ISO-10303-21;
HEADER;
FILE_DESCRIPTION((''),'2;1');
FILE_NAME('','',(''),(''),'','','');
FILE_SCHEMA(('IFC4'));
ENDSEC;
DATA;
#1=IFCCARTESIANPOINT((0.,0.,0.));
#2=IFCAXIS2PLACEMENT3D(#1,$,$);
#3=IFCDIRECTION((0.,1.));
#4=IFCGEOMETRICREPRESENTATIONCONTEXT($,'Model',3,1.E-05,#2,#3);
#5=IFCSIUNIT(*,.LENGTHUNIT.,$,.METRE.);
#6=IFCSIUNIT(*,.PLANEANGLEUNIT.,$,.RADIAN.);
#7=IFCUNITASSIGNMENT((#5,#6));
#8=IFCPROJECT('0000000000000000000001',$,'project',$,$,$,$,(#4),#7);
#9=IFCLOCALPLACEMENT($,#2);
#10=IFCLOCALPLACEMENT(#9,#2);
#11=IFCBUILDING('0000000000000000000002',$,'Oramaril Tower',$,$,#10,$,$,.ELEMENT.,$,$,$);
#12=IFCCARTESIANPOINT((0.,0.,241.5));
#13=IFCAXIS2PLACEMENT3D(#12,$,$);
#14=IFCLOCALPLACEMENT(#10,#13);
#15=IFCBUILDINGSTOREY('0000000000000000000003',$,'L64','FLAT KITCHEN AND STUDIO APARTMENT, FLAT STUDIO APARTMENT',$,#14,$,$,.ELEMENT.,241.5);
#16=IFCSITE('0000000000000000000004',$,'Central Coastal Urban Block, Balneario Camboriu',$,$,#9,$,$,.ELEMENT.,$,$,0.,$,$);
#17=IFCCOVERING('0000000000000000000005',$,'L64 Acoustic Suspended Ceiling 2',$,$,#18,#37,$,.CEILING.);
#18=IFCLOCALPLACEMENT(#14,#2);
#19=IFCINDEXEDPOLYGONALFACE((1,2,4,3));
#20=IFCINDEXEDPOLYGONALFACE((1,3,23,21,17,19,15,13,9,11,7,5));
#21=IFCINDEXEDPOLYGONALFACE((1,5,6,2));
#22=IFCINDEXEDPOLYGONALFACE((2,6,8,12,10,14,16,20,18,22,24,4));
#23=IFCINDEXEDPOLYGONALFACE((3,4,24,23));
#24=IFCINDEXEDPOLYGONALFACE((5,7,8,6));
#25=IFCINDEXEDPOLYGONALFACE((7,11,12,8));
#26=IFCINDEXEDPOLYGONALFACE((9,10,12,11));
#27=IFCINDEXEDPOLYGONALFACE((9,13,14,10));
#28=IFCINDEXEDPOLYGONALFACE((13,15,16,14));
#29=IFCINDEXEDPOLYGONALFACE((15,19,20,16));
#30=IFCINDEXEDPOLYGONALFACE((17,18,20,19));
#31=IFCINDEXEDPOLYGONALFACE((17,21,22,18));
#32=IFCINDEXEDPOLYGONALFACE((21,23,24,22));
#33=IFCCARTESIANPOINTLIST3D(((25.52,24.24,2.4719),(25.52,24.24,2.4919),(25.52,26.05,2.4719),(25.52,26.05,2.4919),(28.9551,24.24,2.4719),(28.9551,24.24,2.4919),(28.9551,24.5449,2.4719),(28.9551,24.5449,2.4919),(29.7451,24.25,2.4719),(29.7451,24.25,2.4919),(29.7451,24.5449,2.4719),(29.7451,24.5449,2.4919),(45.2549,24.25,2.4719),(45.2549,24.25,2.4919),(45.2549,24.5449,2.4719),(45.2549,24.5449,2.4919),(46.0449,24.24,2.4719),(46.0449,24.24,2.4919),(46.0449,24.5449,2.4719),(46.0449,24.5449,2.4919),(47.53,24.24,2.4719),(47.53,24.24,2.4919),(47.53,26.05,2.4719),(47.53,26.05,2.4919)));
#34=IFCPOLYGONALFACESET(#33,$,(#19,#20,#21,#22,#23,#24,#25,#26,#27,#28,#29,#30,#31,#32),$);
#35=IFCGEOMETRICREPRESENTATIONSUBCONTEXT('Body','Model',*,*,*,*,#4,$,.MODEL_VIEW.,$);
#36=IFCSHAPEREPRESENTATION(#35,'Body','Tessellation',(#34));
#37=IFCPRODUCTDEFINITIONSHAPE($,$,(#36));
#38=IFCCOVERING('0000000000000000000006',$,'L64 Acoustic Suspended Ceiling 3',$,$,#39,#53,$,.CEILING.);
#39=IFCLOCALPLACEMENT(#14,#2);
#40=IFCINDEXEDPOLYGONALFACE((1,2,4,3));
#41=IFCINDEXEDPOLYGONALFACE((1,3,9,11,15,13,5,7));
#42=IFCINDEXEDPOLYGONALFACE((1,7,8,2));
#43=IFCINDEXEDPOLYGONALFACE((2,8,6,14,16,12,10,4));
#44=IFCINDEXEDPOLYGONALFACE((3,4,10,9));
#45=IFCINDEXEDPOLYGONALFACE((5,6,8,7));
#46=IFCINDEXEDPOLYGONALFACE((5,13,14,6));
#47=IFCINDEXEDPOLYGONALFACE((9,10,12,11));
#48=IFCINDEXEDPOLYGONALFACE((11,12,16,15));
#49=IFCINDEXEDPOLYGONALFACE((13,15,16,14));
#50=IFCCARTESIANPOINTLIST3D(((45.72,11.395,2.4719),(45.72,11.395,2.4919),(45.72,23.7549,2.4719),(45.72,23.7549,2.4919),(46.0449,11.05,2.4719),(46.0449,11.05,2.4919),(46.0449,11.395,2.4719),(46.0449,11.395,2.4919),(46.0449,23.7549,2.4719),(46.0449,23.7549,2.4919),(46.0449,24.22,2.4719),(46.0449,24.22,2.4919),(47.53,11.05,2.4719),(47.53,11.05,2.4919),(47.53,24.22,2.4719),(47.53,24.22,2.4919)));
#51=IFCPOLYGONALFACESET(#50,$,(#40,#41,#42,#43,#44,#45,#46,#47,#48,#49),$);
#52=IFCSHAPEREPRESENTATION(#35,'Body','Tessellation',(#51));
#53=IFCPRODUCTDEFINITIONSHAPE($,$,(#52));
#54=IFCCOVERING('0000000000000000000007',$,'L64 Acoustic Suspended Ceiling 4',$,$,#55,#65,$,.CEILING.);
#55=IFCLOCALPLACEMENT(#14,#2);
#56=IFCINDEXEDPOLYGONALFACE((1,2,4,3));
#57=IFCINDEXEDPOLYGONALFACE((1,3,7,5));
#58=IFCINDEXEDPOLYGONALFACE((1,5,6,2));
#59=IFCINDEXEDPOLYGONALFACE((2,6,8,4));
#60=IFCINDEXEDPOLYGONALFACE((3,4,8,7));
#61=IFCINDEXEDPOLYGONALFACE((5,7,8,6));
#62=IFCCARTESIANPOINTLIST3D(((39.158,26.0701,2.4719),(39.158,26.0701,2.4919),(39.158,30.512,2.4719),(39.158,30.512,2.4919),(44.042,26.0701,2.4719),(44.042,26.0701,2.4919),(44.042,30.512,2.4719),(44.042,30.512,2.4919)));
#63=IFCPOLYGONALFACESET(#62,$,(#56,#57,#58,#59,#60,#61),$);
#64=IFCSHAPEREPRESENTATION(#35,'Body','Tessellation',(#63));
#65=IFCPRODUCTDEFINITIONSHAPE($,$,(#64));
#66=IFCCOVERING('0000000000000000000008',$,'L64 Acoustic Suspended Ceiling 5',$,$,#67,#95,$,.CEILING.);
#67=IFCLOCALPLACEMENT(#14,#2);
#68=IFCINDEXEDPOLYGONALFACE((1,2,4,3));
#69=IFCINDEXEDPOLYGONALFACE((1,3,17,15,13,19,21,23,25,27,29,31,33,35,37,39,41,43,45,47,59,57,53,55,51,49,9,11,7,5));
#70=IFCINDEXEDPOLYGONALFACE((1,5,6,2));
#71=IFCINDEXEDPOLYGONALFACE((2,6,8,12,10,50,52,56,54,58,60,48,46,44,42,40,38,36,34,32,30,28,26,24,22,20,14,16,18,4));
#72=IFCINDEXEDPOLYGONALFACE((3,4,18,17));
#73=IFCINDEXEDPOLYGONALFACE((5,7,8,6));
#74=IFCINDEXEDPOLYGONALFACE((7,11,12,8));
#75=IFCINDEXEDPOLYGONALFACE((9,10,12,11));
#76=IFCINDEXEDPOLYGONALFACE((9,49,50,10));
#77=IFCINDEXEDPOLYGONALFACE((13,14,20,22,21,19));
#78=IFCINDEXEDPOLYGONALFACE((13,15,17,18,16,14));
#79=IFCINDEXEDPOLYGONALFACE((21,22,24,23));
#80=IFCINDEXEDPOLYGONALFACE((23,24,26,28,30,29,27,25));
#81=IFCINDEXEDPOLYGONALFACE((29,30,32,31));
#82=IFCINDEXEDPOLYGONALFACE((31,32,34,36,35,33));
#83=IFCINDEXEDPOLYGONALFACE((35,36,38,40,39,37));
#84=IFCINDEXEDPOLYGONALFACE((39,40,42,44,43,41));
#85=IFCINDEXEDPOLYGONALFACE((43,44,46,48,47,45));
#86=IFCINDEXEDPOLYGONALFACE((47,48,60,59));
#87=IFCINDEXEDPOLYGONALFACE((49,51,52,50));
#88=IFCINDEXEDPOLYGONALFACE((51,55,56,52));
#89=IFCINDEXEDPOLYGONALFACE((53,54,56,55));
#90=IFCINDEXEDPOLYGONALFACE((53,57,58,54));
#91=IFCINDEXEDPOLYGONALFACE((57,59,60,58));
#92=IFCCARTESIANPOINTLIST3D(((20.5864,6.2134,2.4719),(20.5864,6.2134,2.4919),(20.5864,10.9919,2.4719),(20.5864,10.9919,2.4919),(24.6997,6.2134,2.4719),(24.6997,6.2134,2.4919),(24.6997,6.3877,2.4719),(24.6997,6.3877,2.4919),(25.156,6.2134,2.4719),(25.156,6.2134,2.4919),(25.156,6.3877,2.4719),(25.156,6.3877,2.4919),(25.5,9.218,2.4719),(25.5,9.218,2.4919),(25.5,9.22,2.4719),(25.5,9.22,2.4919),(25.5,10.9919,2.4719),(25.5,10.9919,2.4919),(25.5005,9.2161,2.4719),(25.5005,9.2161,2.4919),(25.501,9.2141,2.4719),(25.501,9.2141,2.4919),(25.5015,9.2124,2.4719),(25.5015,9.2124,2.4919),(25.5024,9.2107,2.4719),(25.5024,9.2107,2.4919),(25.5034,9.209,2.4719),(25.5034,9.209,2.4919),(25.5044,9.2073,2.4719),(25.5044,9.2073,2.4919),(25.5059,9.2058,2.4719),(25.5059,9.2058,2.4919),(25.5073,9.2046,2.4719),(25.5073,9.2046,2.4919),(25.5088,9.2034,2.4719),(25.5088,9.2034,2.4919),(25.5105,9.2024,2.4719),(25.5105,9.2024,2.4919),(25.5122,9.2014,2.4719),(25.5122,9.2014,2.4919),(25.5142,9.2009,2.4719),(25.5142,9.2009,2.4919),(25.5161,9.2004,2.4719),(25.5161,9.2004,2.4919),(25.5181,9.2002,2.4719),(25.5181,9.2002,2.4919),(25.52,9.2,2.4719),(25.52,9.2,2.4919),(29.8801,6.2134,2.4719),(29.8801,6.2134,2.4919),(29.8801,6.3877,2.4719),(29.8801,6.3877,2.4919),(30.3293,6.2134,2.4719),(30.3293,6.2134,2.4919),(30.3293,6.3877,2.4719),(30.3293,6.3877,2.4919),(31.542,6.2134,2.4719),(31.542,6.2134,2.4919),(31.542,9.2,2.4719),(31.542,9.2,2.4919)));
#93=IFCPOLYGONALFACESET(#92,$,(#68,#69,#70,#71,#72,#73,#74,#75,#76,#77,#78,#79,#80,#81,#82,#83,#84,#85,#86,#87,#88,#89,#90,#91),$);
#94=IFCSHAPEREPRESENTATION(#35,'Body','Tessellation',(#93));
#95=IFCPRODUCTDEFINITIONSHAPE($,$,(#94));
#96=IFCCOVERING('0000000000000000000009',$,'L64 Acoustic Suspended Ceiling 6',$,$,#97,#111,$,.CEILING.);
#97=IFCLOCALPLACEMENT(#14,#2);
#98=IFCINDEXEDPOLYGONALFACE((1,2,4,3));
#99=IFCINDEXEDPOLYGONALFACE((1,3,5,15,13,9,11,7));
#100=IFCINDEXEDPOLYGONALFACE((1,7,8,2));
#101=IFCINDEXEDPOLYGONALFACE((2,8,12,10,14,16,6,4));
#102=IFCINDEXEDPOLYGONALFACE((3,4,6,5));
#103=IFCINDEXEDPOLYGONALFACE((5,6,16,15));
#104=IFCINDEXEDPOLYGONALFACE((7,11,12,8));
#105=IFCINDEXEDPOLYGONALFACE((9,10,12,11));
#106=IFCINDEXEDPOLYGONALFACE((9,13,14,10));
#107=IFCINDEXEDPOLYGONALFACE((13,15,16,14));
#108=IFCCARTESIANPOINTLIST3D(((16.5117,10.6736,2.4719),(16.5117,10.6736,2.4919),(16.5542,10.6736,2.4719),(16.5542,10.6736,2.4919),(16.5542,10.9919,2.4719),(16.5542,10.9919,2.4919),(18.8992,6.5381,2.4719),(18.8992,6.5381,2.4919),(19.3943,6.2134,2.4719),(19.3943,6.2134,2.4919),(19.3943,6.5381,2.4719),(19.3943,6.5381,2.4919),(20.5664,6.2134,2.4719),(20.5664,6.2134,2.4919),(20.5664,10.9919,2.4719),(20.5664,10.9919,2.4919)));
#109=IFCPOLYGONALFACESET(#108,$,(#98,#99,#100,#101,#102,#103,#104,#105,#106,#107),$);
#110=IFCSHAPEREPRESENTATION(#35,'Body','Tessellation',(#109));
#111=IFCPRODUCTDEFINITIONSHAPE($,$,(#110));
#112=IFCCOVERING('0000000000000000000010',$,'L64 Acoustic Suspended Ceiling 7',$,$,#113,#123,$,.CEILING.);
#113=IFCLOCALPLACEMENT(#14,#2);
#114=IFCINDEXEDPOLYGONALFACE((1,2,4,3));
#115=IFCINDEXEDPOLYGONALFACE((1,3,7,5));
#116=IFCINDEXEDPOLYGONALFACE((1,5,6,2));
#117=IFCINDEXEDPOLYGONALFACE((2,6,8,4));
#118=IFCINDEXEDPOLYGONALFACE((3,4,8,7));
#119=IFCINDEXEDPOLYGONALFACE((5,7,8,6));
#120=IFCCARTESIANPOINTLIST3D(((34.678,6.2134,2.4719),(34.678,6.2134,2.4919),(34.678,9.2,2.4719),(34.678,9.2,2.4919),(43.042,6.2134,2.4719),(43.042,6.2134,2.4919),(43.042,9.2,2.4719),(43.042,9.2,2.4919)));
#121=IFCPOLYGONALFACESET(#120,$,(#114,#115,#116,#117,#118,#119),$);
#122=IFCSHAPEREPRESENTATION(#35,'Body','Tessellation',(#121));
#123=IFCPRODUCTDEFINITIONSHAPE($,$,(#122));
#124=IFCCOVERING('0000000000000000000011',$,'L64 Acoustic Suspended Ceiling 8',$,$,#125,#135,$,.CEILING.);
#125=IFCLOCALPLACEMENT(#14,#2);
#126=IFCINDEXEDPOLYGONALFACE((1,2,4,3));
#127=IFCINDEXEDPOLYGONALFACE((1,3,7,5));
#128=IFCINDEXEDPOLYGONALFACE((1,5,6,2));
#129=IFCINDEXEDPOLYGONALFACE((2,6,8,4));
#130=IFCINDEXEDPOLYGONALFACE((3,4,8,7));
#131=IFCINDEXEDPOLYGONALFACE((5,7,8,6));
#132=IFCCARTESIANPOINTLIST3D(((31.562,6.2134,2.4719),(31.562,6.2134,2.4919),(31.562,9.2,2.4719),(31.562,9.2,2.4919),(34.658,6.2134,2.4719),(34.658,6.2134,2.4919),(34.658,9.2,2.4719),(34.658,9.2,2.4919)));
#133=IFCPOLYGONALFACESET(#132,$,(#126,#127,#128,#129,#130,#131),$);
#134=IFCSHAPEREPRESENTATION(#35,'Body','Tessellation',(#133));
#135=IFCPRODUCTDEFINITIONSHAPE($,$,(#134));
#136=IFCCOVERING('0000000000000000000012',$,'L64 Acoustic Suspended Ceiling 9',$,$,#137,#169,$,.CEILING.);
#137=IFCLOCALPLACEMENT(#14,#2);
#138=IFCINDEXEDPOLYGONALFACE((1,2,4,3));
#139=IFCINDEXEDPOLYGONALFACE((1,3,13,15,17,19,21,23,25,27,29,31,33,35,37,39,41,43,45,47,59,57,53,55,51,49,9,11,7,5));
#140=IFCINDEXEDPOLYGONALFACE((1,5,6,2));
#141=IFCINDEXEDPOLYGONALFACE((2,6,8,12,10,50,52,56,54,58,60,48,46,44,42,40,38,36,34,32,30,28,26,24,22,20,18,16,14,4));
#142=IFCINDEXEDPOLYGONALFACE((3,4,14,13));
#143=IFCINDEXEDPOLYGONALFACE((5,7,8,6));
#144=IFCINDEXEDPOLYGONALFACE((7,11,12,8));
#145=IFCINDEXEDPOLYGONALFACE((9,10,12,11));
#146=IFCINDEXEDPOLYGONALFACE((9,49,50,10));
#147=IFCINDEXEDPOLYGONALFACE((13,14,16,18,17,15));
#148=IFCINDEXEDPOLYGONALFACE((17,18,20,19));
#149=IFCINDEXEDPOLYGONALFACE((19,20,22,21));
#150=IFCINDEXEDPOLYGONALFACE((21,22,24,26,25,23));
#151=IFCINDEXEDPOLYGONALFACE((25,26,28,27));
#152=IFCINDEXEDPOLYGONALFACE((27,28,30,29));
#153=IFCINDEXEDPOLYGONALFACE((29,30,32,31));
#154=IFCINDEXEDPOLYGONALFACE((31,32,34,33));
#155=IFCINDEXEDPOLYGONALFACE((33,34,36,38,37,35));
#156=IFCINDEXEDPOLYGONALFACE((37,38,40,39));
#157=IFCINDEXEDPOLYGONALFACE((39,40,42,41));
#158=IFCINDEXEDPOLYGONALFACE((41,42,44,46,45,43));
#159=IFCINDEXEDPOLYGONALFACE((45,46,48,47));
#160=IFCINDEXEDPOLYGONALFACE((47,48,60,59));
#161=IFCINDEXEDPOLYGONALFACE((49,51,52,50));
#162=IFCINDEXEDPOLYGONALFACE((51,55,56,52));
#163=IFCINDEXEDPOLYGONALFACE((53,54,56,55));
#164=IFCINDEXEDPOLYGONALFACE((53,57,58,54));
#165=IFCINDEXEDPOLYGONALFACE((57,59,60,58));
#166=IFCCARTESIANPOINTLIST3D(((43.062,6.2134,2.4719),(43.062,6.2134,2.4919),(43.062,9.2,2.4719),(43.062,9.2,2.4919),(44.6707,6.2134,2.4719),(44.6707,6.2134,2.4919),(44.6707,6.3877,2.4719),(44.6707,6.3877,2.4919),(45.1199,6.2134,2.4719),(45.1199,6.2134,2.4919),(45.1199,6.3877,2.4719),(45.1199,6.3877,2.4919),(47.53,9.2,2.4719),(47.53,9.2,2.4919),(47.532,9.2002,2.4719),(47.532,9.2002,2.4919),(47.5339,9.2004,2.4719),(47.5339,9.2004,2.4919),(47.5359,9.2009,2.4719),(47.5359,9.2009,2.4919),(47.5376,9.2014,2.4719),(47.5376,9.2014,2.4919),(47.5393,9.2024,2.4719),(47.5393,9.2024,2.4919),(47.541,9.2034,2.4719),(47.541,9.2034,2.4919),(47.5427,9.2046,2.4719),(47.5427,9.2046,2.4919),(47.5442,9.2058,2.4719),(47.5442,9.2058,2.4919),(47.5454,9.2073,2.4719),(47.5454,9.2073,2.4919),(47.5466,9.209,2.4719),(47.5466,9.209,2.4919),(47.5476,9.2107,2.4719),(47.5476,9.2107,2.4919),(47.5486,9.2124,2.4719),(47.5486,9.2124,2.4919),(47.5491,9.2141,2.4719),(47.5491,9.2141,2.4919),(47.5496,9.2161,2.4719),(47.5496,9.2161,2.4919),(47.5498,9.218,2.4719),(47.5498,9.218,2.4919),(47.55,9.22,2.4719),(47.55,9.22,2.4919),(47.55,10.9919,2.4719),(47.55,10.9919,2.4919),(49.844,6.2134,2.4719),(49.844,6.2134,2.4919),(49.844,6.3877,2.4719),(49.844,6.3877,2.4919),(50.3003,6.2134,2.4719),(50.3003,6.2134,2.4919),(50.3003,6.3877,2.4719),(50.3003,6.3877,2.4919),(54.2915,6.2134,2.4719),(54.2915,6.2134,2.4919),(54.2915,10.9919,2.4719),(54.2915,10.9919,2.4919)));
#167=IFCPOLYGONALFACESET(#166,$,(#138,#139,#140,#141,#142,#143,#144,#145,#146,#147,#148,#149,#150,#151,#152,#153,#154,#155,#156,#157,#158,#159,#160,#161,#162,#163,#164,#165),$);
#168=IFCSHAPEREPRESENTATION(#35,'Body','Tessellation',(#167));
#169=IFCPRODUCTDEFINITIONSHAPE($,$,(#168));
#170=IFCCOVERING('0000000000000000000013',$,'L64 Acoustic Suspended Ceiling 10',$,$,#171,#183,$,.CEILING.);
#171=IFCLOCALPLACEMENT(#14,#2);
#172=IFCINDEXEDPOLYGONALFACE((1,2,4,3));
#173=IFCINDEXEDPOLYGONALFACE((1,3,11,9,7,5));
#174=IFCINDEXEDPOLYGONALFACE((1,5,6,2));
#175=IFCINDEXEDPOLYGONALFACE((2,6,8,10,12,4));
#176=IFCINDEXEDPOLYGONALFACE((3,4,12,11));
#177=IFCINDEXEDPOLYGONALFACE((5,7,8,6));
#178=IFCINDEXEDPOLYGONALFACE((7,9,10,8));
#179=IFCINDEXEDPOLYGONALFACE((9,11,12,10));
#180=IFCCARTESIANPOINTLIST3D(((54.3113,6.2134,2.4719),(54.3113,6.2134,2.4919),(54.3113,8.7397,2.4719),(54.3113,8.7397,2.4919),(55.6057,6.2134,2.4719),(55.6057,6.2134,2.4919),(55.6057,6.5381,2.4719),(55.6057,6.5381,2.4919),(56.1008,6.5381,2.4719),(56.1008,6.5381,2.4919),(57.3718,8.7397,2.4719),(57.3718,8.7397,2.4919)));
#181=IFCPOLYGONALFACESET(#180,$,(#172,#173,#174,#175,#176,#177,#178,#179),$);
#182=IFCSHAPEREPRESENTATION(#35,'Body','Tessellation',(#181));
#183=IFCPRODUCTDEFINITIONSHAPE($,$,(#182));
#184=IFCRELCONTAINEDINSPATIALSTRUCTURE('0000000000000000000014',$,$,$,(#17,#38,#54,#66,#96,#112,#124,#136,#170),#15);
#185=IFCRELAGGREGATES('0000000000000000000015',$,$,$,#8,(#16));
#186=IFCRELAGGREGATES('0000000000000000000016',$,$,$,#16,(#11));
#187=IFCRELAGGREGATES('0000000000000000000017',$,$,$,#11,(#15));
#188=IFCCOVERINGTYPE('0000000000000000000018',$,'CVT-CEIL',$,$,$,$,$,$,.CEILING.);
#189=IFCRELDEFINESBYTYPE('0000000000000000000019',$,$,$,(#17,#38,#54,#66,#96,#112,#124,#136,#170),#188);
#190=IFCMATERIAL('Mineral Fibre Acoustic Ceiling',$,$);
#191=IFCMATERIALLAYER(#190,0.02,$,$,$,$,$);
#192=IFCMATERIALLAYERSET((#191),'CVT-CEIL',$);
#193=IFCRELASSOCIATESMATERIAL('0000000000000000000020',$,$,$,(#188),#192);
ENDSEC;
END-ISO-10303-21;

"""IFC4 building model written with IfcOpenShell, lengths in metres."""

from ifc_helpers import new_model, si_unit, direction, frame, origin, place, context, subcontext, project, spatial, polyline, outline, extrude, material, layer, layer_set, type_object, element, save


model = new_model("IFC4")

# Units and contexts
model_context = context("Model", 3, precision=1e-05, world=origin(), true_north=direction((0.0, 1.0)))
body_context = subcontext(model_context, "Body", "Model", "MODEL_VIEW")
ifc_project = project(units=[si_unit("LENGTHUNIT", "METRE"), si_unit("PLANEANGLEUNIT", "RADIAN")], contexts=[model_context])

# Site, building, storey
site_placement = place(None, origin())
site = spatial("IfcSite", under=ifc_project, at=site_placement, Name="Central Coastal Urban Block, Balneario Camboriu", CompositionType="ELEMENT", RefElevation=0.0)
building_placement = place(site_placement, origin())
building = spatial("IfcBuilding", under=site, at=building_placement, Name="Oramaril Tower", CompositionType="ELEMENT")
storey_placement = place(building_placement, frame((0.0, 0.0, 241.5)))
storey = spatial("IfcBuildingStorey", under=building, at=storey_placement, Name="L64", Description="FLAT KITCHEN AND STUDIO APARTMENT, FLAT STUDIO APARTMENT", CompositionType="ELEMENT", Elevation=241.5)

# Coverings
ifc_material_1 = material(Name="Mineral Fibre Acoustic Ceiling")
ifc_layer_1 = layer(ifc_material_1, 0.02)
ifc_layer_set_1 = layer_set([ifc_layer_1], Name="CVT-CEIL")
covering_type_1 = type_object("IfcCoveringType", Name="CVT-CEIL", PredefinedType="CEILING", material=ifc_layer_set_1)
covering_1_placement = place(storey_placement, frame((0.0, 0.0, 2.4719)))
element("IfcCovering", 1, at=covering_1_placement, inside=storey, type_object=covering_type_1, Name="L64 Acoustic Suspended Ceiling 2", PredefinedType="CEILING", context=body_context, shape_type="SweptSolid", body=[
    extrude(outline(polyline([(47.53, 24.24), (46.0449, 24.24), (46.0449, 24.5449), (45.2549, 24.5449), (45.2549, 24.25), (29.7451, 24.25), (29.7451, 24.5449), (28.9551, 24.5449), (28.9551, 24.24), (25.52, 24.24), (25.52, 26.05), (47.53, 26.05), (47.53, 24.24)])), origin(), (0.0, 0.0, 1.0), 0.02),
])
covering_2_placement = place(storey_placement, frame((0.0, 0.0, 2.4719)))
element("IfcCovering", 2, at=covering_2_placement, inside=storey, type_object=covering_type_1, Name="L64 Acoustic Suspended Ceiling 3", PredefinedType="CEILING", context=body_context, shape_type="SweptSolid", body=[
    extrude(outline(polyline([(47.53, 11.05), (46.0449, 11.05), (46.0449, 11.395), (45.72, 11.395), (45.72, 23.7549), (46.0449, 23.7549), (46.0449, 24.22), (47.53, 24.22), (47.53, 11.05)])), origin(), (0.0, 0.0, 1.0), 0.02),
])
covering_3_placement = place(storey_placement, frame((0.0, 0.0, 2.4719)))
element("IfcCovering", 3, at=covering_3_placement, inside=storey, type_object=covering_type_1, Name="L64 Acoustic Suspended Ceiling 4", PredefinedType="CEILING", context=body_context, shape_type="SweptSolid", body=[
    extrude(outline(polyline([(44.042, 30.512), (44.042, 26.0701), (39.158, 26.0701), (39.158, 30.512), (44.042, 30.512)])), origin(), (0.0, 0.0, 1.0), 0.02),
])
covering_4_placement = place(storey_placement, frame((0.0, 0.0, 2.4719)))
element("IfcCovering", 4, at=covering_4_placement, inside=storey, type_object=covering_type_1, Name="L64 Acoustic Suspended Ceiling 5", PredefinedType="CEILING", context=body_context, shape_type="SweptSolid", body=[
    extrude(outline(polyline([(31.542, 6.2134), (30.3293, 6.2134), (30.3293, 6.3877), (29.8801, 6.3877), (29.8801, 6.2134), (25.156, 6.2134), (25.156, 6.3877), (24.6997, 6.3877), (24.6997, 6.2134), (20.5864, 6.2134), (20.5864, 10.9919), (25.5, 10.9919), (25.5, 9.22), (25.5, 9.218), (25.5005, 9.2161), (25.501, 9.2141), (25.5015, 9.2124), (25.5024, 9.2107), (25.5034, 9.209), (25.5044, 9.2073), (25.5059, 9.2058), (25.5073, 9.2046), (25.5088, 9.2034), (25.5105, 9.2024), (25.5122, 9.2014), (25.5142, 9.2009), (25.5161, 9.2004), (25.5181, 9.2002), (25.52, 9.2), (31.542, 9.2), (31.542, 6.2134)])), origin(), (0.0, 0.0, 1.0), 0.02),
])
covering_5_placement = place(storey_placement, frame((0.0, 0.0, 2.4719)))
element("IfcCovering", 5, at=covering_5_placement, inside=storey, type_object=covering_type_1, Name="L64 Acoustic Suspended Ceiling 6", PredefinedType="CEILING", context=body_context, shape_type="SweptSolid", body=[
    extrude(outline(polyline([(19.3943, 6.2134), (19.3943, 6.5381), (18.8992, 6.5381), (16.5117, 10.6736), (16.5542, 10.6736), (16.5542, 10.9919), (20.5664, 10.9919), (20.5664, 6.2134), (19.3943, 6.2134)])), origin(), (0.0, 0.0, 1.0), 0.02),
])
covering_6_placement = place(storey_placement, frame((0.0, 0.0, 2.4719)))
element("IfcCovering", 6, at=covering_6_placement, inside=storey, type_object=covering_type_1, Name="L64 Acoustic Suspended Ceiling 7", PredefinedType="CEILING", context=body_context, shape_type="SweptSolid", body=[
    extrude(outline(polyline([(34.678, 6.2134), (34.678, 9.2), (43.042, 9.2), (43.042, 6.2134), (34.678, 6.2134)])), origin(), (0.0, 0.0, 1.0), 0.02),
])
covering_7_placement = place(storey_placement, frame((0.0, 0.0, 2.4719)))
element("IfcCovering", 7, at=covering_7_placement, inside=storey, type_object=covering_type_1, Name="L64 Acoustic Suspended Ceiling 8", PredefinedType="CEILING", context=body_context, shape_type="SweptSolid", body=[
    extrude(outline(polyline([(31.562, 6.2134), (31.562, 9.2), (34.658, 9.2), (34.658, 6.2134), (31.562, 6.2134)])), origin(), (0.0, 0.0, 1.0), 0.02),
])
covering_8_placement = place(storey_placement, frame((0.0, 0.0, 2.4719)))
element("IfcCovering", 8, at=covering_8_placement, inside=storey, type_object=covering_type_1, Name="L64 Acoustic Suspended Ceiling 9", PredefinedType="CEILING", context=body_context, shape_type="SweptSolid", body=[
    extrude(outline(polyline([(54.2915, 10.9919), (54.2915, 6.2134), (50.3003, 6.2134), (50.3003, 6.3877), (49.844, 6.3877), (49.844, 6.2134), (45.1199, 6.2134), (45.1199, 6.3877), (44.6707, 6.3877), (44.6707, 6.2134), (43.062, 6.2134), (43.062, 9.2), (47.53, 9.2), (47.532, 9.2002), (47.5339, 9.2004), (47.5359, 9.2009), (47.5376, 9.2014), (47.5393, 9.2024), (47.541, 9.2034), (47.5427, 9.2046), (47.5442, 9.2058), (47.5454, 9.2073), (47.5466, 9.209), (47.5476, 9.2107), (47.5486, 9.2124), (47.5491, 9.2141), (47.5496, 9.2161), (47.5498, 9.218), (47.55, 9.22), (47.55, 10.9919), (54.2915, 10.9919)])), origin(), (0.0, 0.0, 1.0), 0.02),
])
covering_9_placement = place(storey_placement, frame((0.0, 0.0, 2.4719)))
element("IfcCovering", 9, at=covering_9_placement, inside=storey, type_object=covering_type_1, Name="L64 Acoustic Suspended Ceiling 10", PredefinedType="CEILING", context=body_context, shape_type="SweptSolid", body=[
    extrude(outline(polyline([(56.1008, 6.5381), (55.6057, 6.5381), (55.6057, 6.2134), (54.3113, 6.2134), (54.3113, 8.7397), (57.3718, 8.7397), (56.1008, 6.5381)])), origin(), (0.0, 0.0, 1.0), 0.02),
])

save(model, "model.ifc")
